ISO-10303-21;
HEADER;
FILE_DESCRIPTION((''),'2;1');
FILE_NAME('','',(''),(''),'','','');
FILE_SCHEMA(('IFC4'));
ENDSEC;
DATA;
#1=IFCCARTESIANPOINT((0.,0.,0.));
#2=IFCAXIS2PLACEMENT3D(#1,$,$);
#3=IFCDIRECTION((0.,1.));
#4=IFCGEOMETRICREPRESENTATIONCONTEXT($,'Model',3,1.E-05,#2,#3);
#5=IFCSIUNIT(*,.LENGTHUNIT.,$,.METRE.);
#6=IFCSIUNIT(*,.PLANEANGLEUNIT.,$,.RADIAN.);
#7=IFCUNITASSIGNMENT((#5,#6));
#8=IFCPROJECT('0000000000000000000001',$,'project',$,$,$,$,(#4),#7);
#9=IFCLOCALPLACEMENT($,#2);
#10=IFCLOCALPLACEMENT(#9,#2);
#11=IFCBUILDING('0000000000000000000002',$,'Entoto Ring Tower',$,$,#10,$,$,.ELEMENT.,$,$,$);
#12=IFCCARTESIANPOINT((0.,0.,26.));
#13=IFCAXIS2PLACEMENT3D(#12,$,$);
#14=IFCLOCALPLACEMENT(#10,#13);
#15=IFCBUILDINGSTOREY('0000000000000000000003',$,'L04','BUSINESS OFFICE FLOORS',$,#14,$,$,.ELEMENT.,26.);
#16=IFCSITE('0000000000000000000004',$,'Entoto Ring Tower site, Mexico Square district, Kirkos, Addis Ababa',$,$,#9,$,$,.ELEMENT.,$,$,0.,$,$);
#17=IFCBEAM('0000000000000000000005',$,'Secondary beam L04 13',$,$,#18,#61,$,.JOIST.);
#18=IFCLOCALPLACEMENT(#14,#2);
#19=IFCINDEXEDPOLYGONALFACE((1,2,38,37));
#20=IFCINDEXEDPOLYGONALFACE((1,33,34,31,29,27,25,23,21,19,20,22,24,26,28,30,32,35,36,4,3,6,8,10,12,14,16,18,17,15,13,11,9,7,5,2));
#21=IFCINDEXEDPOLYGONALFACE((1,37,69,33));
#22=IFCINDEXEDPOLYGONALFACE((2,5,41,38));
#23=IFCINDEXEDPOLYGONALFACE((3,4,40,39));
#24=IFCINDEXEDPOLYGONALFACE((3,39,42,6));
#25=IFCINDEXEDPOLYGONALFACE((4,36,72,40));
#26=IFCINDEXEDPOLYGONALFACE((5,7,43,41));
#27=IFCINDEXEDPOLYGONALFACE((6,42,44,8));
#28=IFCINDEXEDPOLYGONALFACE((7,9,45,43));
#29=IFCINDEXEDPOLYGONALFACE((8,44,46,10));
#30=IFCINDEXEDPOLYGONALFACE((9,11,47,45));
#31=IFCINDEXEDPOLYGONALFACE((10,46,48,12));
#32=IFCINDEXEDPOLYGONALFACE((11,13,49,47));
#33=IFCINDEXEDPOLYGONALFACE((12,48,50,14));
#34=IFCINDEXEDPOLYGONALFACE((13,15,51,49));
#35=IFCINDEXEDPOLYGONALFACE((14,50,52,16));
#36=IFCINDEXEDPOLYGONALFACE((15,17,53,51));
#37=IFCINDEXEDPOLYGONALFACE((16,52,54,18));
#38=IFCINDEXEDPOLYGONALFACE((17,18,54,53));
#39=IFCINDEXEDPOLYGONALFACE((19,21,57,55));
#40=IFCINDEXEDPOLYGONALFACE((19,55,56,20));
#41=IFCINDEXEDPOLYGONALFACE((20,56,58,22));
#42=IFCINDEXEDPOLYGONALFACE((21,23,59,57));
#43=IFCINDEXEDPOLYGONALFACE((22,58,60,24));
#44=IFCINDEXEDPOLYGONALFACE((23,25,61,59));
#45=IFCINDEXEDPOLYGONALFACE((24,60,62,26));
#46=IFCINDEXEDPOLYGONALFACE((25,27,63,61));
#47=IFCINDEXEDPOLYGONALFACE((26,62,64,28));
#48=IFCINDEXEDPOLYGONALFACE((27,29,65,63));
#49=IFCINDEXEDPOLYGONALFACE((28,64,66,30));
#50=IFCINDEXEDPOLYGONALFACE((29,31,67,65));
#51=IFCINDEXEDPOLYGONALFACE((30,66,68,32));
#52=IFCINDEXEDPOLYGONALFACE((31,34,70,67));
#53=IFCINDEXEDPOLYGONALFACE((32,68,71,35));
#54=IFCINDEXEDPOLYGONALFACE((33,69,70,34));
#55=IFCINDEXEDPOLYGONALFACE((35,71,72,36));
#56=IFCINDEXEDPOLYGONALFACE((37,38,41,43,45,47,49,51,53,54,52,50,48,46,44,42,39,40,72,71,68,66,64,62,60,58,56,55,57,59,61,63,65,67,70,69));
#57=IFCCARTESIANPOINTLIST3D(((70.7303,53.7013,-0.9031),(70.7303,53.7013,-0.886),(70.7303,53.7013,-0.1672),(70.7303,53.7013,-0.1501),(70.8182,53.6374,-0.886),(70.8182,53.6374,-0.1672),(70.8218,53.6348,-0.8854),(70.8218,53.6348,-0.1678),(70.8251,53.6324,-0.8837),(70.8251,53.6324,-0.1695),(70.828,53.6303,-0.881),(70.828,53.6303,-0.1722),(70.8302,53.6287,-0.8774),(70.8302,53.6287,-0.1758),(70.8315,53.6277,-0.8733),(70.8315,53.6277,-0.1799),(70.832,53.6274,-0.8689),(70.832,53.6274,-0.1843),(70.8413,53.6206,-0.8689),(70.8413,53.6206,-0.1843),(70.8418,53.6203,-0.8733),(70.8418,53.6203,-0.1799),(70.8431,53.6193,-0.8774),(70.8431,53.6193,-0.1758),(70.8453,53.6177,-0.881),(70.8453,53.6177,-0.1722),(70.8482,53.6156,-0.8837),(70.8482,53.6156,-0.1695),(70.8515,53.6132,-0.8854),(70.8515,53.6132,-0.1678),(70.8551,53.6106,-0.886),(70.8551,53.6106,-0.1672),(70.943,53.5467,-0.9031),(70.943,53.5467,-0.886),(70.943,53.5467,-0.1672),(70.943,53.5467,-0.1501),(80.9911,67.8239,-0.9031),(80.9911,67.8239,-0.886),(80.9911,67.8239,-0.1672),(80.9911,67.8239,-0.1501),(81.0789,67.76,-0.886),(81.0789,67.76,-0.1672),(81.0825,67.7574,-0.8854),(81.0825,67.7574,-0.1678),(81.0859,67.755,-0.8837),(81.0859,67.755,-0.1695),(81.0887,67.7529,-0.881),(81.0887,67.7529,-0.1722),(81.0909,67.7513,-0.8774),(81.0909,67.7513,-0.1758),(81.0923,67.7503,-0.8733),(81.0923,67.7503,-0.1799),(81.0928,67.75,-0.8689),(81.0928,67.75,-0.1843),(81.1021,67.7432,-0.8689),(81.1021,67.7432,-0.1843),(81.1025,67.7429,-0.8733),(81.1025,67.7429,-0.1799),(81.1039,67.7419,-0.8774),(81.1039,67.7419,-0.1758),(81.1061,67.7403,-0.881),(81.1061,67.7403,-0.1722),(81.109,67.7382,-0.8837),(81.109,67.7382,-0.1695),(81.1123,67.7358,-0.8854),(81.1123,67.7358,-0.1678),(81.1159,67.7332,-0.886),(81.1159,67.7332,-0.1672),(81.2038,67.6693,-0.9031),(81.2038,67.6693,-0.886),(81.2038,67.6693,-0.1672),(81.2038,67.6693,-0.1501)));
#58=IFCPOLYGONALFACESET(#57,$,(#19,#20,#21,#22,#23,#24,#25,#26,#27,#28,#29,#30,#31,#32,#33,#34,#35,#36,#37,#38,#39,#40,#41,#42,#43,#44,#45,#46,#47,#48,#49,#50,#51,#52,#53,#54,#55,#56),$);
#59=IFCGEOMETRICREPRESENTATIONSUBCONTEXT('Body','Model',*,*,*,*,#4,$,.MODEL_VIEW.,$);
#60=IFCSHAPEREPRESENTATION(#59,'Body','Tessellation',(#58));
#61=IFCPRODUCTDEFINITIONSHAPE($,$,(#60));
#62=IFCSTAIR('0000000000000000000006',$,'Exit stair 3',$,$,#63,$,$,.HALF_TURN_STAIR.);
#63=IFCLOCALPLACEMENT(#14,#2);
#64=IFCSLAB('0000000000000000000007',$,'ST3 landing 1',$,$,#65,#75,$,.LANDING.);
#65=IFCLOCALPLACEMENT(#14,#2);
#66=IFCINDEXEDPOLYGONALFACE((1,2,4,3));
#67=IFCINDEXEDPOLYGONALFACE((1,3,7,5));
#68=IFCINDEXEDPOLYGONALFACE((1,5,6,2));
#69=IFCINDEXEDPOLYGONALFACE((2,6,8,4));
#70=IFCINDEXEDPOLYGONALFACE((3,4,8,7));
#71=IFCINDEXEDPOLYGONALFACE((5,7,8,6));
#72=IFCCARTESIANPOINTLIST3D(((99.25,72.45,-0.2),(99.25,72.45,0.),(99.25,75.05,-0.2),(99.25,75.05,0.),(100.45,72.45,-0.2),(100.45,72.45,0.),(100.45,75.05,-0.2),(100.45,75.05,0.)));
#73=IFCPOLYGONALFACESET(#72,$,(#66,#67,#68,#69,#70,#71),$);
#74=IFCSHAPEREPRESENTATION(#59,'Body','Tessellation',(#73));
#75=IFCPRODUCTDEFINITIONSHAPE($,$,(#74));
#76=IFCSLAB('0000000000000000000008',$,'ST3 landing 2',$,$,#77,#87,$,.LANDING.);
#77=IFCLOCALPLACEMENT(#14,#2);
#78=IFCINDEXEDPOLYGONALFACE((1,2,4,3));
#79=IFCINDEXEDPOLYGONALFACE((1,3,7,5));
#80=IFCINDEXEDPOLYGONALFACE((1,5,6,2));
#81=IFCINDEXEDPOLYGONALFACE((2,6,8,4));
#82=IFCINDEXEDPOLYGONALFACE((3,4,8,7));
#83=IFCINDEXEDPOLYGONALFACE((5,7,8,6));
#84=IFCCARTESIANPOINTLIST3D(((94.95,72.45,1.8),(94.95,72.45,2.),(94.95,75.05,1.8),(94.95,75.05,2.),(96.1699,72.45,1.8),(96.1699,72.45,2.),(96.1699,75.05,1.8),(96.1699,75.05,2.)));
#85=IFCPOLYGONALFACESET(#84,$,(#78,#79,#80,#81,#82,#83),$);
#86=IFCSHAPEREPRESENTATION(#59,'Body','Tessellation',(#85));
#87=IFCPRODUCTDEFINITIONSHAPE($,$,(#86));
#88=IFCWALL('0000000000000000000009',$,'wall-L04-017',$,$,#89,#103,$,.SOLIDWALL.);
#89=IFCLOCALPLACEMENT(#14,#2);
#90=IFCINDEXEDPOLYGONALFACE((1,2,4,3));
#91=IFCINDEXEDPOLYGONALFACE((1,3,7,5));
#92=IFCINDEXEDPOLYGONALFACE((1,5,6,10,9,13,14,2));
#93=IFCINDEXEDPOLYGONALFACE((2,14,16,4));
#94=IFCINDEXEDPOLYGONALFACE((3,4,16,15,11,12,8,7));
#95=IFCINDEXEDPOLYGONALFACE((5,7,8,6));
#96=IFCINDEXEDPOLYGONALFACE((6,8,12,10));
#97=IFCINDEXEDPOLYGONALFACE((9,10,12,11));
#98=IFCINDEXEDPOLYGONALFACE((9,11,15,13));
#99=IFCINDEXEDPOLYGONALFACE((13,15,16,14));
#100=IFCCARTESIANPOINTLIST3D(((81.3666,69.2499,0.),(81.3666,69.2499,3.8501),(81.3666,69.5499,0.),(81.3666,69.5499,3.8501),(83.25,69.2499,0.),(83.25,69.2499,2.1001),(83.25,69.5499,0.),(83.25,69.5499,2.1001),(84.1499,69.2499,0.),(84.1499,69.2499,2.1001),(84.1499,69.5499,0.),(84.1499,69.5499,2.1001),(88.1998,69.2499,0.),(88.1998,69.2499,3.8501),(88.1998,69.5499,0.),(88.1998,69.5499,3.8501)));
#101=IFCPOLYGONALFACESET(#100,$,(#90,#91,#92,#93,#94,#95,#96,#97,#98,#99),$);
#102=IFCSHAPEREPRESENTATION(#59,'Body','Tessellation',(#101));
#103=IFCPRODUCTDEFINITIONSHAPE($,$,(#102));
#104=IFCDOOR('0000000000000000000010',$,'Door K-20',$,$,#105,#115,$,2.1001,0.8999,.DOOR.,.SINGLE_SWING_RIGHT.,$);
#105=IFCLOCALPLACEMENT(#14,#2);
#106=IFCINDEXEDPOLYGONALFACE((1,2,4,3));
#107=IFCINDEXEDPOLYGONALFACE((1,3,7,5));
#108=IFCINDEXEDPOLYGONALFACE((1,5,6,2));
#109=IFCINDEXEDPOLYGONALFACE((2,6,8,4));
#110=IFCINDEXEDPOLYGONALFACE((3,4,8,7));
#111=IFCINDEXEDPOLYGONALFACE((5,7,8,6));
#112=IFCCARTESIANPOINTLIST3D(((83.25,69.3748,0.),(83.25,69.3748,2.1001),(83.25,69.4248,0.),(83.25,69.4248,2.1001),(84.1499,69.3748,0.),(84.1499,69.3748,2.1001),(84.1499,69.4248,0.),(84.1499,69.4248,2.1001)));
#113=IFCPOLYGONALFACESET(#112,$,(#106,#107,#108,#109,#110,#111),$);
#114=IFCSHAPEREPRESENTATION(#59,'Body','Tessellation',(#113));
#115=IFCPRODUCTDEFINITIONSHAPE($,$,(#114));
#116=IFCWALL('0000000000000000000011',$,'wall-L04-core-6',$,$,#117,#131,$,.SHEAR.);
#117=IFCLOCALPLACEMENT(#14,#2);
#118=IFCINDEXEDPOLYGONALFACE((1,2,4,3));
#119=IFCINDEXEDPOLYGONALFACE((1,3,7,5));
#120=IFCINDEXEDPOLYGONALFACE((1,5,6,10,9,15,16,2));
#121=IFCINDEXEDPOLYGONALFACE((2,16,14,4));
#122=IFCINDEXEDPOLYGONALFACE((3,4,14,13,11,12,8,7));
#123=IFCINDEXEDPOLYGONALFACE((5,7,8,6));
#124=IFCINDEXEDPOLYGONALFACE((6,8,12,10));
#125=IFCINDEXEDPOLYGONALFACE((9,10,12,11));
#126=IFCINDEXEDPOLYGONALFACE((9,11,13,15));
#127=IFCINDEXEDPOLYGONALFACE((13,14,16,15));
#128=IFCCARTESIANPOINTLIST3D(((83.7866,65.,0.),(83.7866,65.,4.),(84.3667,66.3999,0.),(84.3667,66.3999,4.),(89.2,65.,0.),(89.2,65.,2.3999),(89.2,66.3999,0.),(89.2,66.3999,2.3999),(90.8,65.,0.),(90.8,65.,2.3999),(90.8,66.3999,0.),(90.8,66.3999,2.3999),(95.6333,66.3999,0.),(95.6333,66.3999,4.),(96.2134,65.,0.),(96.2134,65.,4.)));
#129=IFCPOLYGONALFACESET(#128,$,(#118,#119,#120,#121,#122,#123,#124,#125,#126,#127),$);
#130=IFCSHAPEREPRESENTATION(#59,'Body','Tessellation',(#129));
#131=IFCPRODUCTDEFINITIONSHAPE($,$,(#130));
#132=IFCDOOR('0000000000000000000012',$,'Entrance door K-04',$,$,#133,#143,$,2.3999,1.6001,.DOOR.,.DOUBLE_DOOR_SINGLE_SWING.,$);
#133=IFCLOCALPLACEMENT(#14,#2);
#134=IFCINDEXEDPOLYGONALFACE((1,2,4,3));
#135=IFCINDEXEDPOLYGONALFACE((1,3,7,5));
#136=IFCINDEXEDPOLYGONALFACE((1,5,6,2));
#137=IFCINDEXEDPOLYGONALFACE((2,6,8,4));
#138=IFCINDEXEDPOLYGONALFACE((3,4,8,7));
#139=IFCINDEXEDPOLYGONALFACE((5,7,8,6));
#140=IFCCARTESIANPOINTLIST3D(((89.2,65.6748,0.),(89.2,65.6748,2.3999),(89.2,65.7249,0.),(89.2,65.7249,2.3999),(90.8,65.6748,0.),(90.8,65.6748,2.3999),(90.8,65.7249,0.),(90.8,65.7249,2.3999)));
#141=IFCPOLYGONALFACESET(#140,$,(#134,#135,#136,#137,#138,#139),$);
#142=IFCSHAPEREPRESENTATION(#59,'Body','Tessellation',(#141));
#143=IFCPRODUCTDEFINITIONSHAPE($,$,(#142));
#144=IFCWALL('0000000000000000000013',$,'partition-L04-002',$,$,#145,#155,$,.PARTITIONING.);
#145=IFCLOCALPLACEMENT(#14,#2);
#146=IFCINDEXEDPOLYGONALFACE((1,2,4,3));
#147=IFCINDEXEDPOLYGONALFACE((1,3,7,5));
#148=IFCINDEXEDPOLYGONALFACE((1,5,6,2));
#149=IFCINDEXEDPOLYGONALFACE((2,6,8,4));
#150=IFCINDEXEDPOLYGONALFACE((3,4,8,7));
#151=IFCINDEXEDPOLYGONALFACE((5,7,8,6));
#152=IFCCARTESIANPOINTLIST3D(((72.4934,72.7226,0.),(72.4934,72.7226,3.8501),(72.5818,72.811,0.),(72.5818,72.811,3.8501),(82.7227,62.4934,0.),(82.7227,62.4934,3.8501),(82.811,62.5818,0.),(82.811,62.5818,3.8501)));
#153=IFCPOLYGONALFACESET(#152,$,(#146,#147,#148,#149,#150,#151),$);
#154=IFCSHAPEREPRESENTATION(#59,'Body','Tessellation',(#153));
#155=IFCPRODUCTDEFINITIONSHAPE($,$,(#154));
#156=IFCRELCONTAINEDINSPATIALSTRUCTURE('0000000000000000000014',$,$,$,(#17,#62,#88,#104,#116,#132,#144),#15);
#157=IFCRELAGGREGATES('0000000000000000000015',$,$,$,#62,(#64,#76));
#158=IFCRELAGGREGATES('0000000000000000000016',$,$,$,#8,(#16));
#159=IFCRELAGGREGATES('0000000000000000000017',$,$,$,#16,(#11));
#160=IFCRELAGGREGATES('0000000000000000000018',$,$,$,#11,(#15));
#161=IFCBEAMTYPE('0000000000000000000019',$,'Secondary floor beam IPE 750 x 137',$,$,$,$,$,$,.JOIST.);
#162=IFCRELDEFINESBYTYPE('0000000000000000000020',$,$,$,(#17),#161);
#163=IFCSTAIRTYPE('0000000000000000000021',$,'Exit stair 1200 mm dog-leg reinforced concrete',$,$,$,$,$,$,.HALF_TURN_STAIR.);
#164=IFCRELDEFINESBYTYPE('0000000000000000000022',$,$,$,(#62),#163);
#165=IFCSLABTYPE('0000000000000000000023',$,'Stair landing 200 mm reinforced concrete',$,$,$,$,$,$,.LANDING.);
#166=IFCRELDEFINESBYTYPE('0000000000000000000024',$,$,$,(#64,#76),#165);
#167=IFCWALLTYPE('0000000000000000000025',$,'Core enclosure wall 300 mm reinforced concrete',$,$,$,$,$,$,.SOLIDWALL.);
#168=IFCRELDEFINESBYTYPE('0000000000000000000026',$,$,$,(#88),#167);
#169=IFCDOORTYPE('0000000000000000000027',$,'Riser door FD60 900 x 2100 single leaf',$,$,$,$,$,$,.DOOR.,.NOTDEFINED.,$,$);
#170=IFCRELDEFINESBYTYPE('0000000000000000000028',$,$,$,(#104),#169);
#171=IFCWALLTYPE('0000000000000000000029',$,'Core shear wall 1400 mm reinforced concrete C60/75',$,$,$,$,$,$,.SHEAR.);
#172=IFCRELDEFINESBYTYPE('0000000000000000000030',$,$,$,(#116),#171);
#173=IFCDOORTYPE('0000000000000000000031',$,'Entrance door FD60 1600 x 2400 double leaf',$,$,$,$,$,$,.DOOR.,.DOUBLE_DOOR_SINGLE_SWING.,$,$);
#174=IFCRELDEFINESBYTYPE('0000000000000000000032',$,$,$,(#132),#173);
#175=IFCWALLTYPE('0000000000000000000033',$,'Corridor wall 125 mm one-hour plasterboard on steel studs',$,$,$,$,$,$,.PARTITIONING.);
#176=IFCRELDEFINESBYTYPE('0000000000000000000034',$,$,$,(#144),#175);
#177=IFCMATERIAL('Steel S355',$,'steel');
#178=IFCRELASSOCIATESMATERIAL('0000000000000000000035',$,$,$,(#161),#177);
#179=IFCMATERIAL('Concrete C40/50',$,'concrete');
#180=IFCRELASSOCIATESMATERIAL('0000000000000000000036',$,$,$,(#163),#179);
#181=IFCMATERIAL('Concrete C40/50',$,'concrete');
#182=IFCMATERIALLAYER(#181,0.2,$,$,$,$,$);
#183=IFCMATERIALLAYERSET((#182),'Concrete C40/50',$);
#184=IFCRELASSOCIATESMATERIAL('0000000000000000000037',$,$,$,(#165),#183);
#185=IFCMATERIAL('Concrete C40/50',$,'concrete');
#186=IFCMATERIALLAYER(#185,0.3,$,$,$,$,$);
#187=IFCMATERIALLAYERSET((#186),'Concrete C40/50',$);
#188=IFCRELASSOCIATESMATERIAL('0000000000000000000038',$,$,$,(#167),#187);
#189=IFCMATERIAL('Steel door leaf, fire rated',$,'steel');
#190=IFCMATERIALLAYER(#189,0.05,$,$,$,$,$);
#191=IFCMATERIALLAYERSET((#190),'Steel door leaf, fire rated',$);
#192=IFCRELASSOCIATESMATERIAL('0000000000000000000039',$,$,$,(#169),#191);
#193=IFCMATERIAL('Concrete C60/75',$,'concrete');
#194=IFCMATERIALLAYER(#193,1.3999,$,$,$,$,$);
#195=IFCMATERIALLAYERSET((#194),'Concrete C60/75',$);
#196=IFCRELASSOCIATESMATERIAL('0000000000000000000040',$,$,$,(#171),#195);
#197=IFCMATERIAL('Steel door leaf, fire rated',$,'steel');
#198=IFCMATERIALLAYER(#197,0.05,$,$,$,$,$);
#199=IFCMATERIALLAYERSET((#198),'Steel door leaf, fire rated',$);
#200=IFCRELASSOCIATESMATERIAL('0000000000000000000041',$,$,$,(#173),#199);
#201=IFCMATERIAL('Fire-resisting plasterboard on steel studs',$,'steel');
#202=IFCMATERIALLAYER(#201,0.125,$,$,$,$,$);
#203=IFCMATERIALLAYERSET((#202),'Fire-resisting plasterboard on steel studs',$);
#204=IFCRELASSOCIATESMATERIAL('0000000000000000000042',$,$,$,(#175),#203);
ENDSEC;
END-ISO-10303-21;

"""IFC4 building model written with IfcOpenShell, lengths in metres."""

from ifc_helpers import new_model, si_unit, direction, frame, frame_2d, origin, origin_2d, place, context, subcontext, project, spatial, polyline, rectangle, i_section, outline, extrude, material, layer, layer_set, material_profile, profile_set, type_object, element, fill, aggregate, save


model = new_model("IFC4")

# Units and contexts
model_context = context("Model", 3, precision=1e-05, world=origin(), true_north=direction((0.0, 1.0)))
body_context = subcontext(model_context, "Body", "Model", "MODEL_VIEW")
ifc_project = project(units=[si_unit("LENGTHUNIT", "METRE"), si_unit("PLANEANGLEUNIT", "RADIAN")], contexts=[model_context])

# Site, building, storey
site_placement = place(None, origin())
site = spatial("IfcSite", under=ifc_project, at=site_placement, Name="Entoto Ring Tower site, Mexico Square district, Kirkos, Addis Ababa", CompositionType="ELEMENT", RefElevation=0.0)
building_placement = place(site_placement, origin())
building = spatial("IfcBuilding", under=site, at=building_placement, Name="Entoto Ring Tower", CompositionType="ELEMENT")
storey_placement = place(building_placement, frame((0.0, 0.0, 26.0)))
storey = spatial("IfcBuildingStorey", under=building, at=storey_placement, Name="L04", Description="BUSINESS OFFICE FLOORS", CompositionType="ELEMENT", Elevation=26.0)

# Beam
ifc_material_1 = material(Name="Steel S355", Category="steel")
ifc_material_profile_1 = material_profile(ifc_material_1, i_section(OverallWidth=0.2629, OverallDepth=0.7529, WebThickness=0.0115, FlangeThickness=0.0171, FilletRadius=0.0171, at=origin_2d()), Name="IPE 750 x 137")
ifc_profile_set_1 = profile_set([ifc_material_profile_1], Name="Steel S355")
beam_type_1 = type_object("IfcBeamType", Name="Secondary floor beam IPE 750 x 137", PredefinedType="JOIST", material=ifc_profile_set_1)
for number, where, z_axis, x_axis, name in (
    (1, (81.0974, 67.7466, -0.5266), (-0.587789, -0.809014, 0.0), (0.809014, -0.587789, 0.0), "Secondary beam L04 13"),
):
    element("IfcBeam", number, at=place(storey_placement, frame(where, z_axis=z_axis, x_axis=x_axis)), inside=storey, type_object=beam_type_1, Name=name, PredefinedType="JOIST", context=body_context, shape_type="SweptSolid", body=[
        extrude(i_section(OverallWidth=0.2629, OverallDepth=0.7529, WebThickness=0.0115, FlangeThickness=0.0171, FilletRadius=0.0171, at=origin_2d()), origin(), (0.0, 0.0, 1.0), 17.4565),
    ])

# Stair, slabs
ifc_material_2 = material(Name="Concrete C40/50", Category="concrete")
stair_type = type_object("IfcStairType", Name="Exit stair 1200 mm dog-leg reinforced concrete", PredefinedType="HALF_TURN_STAIR", material=ifc_material_2)
stair_placement = place(storey_placement, origin())
stair = element("IfcStair", 2, at=stair_placement, inside=storey, type_object=stair_type, Name="Exit stair 3", PredefinedType="HALF_TURN_STAIR")
ifc_material_3 = material(Name="Concrete C40/50", Category="concrete")
ifc_layer_1 = layer(ifc_material_3, 0.2)
ifc_layer_set_1 = layer_set([ifc_layer_1], Name="Concrete C40/50")
slab_type_1 = type_object("IfcSlabType", Name="Stair landing 200 mm reinforced concrete", PredefinedType="LANDING", material=ifc_layer_set_1)
slab_1_placement = place(storey_placement, frame((0.0, 0.0, -0.2)))
slab_1 = element("IfcSlab", 3, at=slab_1_placement, type_object=slab_type_1, Name="ST3 landing 1", PredefinedType="LANDING", context=body_context, shape_type="SweptSolid", body=[
    extrude(outline(polyline([(100.45, 72.45), (100.45, 75.05), (99.25, 75.05), (99.25, 72.45), (100.45, 72.45)])), origin(), (0.0, 0.0, 1.0), 0.2),
])
slab_2_placement = place(storey_placement, frame((0.0, 0.0, 1.8)))
slab_2 = element("IfcSlab", 4, at=slab_2_placement, type_object=slab_type_1, Name="ST3 landing 2", PredefinedType="LANDING", context=body_context, shape_type="SweptSolid", body=[
    extrude(outline(polyline([(94.95, 72.45), (96.1699, 72.45), (96.1699, 75.05), (94.95, 75.05), (94.95, 72.45)])), origin(), (0.0, 0.0, 1.0), 0.2),
])
aggregate(stair, [slab_1, slab_2])

# Walls, openings, doors
ifc_material_4 = material(Name="Concrete C40/50", Category="concrete")
ifc_layer_2 = layer(ifc_material_4, 0.3)
ifc_layer_set_2 = layer_set([ifc_layer_2], Name="Concrete C40/50")
wall_type_1 = type_object("IfcWallType", Name="Core enclosure wall 300 mm reinforced concrete", PredefinedType="SOLIDWALL", material=ifc_layer_set_2)
wall_1_placement = place(storey_placement, frame((81.3667, 69.3999, 0.0), z_axis=(0.0, 0.0, 1.0), x_axis=(1.0, 0.0, 0.0)))
wall_1 = element("IfcWall", 5, at=wall_1_placement, inside=storey, type_object=wall_type_1, Name="wall-L04-017", PredefinedType="SOLIDWALL", context=body_context, shape_type="SweptSolid", body=[
    extrude(rectangle(XDim=6.8333, YDim=0.3, at=frame_2d((3.4165, 0.0))), origin(), (0.0, 0.0, 1.0), 3.8501),
])
opening_1_placement = place(wall_1_placement, frame((1.8833, 0.0, 0.0)))
opening_1 = element("IfcOpeningElement", 6, at=opening_1_placement, cuts=wall_1, PredefinedType="OPENING", context=body_context, shape_type="SweptSolid", body=[
    extrude(rectangle(XDim=0.8999, YDim=2.1001, at=frame_2d((0.45, 1.05))), frame((0.0, 0.1602, 0.0), z_axis=(0.0, -1.0, 0.0), x_axis=(1.0, 0.0, 0.0)), (0.0, 0.0, 1.0), 0.3201),
])
ifc_material_5 = material(Name="Steel door leaf, fire rated", Category="steel")
ifc_layer_3 = layer(ifc_material_5, 0.05)
ifc_layer_set_3 = layer_set([ifc_layer_3], Name="Steel door leaf, fire rated")
door_type_1 = type_object("IfcDoorType", Name="Riser door FD60 900 x 2100 single leaf", OperationType="NOTDEFINED", PredefinedType="DOOR", material=ifc_layer_set_3)
door_1_placement = place(opening_1_placement, origin())
door_1 = element("IfcDoor", 7, at=door_1_placement, inside=storey, type_object=door_type_1, Name="Door K-20", OperationType="SINGLE_SWING_RIGHT", OverallHeight=2.1001, OverallWidth=0.8999, PredefinedType="DOOR", context=body_context, shape_type="SweptSolid", body=[
    extrude(rectangle(XDim=0.8999, YDim=2.1001, at=frame_2d((0.45, 1.05))), frame((0.0, 0.0249, 0.0), z_axis=(0.0, -1.0, 0.0), x_axis=(1.0, 0.0, 0.0)), (0.0, 0.0, 1.0), 0.05),
])
fill(opening_1, door_1)
ifc_material_6 = material(Name="Concrete C60/75", Category="concrete")
ifc_layer_4 = layer(ifc_material_6, 1.3999)
ifc_layer_set_4 = layer_set([ifc_layer_4], Name="Concrete C60/75")
wall_type_2 = type_object("IfcWallType", Name="Core shear wall 1400 mm reinforced concrete C60/75", PredefinedType="SHEAR", material=ifc_layer_set_4)
wall_2_placement = place(storey_placement, frame((84.0767, 65.7, 0.0), z_axis=(0.0, 0.0, 1.0), x_axis=(1.0, 0.0, 0.0)))
wall_2 = element("IfcWall", 8, at=wall_2_placement, inside=storey, type_object=wall_type_2, Name="wall-L04-core-6", PredefinedType="SHEAR", context=body_context, shape_type="SweptSolid", body=[
    extrude(outline(polyline([(-0.29, -0.7), (12.1367, -0.7), (11.5566, 0.7), (0.29, 0.7), (-0.29, -0.7)])), origin(), (0.0, 0.0, 1.0), 4.0),
])
opening_2_placement = place(wall_2_placement, frame((5.1233, 0.0, 0.0)))
opening_2 = element("IfcOpeningElement", 9, at=opening_2_placement, cuts=wall_2, PredefinedType="OPENING", context=body_context, shape_type="SweptSolid", body=[
    extrude(rectangle(XDim=1.6001, YDim=2.3999, at=frame_2d((0.8, 1.2))), frame((0.0, 0.71, 0.0), z_axis=(0.0, -1.0, 0.0), x_axis=(1.0, 0.0, 0.0)), (0.0, 0.0, 1.0), 1.4199),
])
ifc_material_7 = material(Name="Steel door leaf, fire rated", Category="steel")
ifc_layer_5 = layer(ifc_material_7, 0.05)
ifc_layer_set_5 = layer_set([ifc_layer_5], Name="Steel door leaf, fire rated")
door_type_2 = type_object("IfcDoorType", Name="Entrance door FD60 1600 x 2400 double leaf", OperationType="DOUBLE_DOOR_SINGLE_SWING", PredefinedType="DOOR", material=ifc_layer_set_5)
door_2_placement = place(opening_2_placement, origin())
door_2 = element("IfcDoor", 10, at=door_2_placement, inside=storey, type_object=door_type_2, Name="Entrance door K-04", OperationType="DOUBLE_DOOR_SINGLE_SWING", OverallHeight=2.3999, OverallWidth=1.6001, PredefinedType="DOOR", context=body_context, shape_type="SweptSolid", body=[
    extrude(rectangle(XDim=1.6001, YDim=2.3999, at=frame_2d((0.8, 1.2))), frame((0.0, 0.0249, 0.0), z_axis=(0.0, -1.0, 0.0), x_axis=(1.0, 0.0, 0.0)), (0.0, 0.0, 1.0), 0.05),
])
fill(opening_2, door_2)

# Wall
ifc_material_8 = material(Name="Fire-resisting plasterboard on steel studs", Category="steel")
ifc_layer_6 = layer(ifc_material_8, 0.125)
ifc_layer_set_6 = layer_set([ifc_layer_6], Name="Fire-resisting plasterboard on steel studs")
wall_type_3 = type_object("IfcWallType", Name="Corridor wall 125 mm one-hour plasterboard on steel studs", PredefinedType="PARTITIONING", material=ifc_layer_set_6)
wall_3_placement = place(storey_placement, frame((82.7668, 62.5376, 0.0), z_axis=(0.0, 0.0, 1.0), x_axis=(-0.707107, 0.707107, 0.0)))
element("IfcWall", 11, at=wall_3_placement, inside=storey, type_object=wall_type_3, Name="partition-L04-002", PredefinedType="PARTITIONING", context=body_context, shape_type="SweptSolid", body=[
    extrude(rectangle(XDim=14.4663, YDim=0.125, at=frame_2d((7.2332, 0.0))), origin(), (0.0, 0.0, 1.0), 3.8501),
])

save(model, "model.ifc")
